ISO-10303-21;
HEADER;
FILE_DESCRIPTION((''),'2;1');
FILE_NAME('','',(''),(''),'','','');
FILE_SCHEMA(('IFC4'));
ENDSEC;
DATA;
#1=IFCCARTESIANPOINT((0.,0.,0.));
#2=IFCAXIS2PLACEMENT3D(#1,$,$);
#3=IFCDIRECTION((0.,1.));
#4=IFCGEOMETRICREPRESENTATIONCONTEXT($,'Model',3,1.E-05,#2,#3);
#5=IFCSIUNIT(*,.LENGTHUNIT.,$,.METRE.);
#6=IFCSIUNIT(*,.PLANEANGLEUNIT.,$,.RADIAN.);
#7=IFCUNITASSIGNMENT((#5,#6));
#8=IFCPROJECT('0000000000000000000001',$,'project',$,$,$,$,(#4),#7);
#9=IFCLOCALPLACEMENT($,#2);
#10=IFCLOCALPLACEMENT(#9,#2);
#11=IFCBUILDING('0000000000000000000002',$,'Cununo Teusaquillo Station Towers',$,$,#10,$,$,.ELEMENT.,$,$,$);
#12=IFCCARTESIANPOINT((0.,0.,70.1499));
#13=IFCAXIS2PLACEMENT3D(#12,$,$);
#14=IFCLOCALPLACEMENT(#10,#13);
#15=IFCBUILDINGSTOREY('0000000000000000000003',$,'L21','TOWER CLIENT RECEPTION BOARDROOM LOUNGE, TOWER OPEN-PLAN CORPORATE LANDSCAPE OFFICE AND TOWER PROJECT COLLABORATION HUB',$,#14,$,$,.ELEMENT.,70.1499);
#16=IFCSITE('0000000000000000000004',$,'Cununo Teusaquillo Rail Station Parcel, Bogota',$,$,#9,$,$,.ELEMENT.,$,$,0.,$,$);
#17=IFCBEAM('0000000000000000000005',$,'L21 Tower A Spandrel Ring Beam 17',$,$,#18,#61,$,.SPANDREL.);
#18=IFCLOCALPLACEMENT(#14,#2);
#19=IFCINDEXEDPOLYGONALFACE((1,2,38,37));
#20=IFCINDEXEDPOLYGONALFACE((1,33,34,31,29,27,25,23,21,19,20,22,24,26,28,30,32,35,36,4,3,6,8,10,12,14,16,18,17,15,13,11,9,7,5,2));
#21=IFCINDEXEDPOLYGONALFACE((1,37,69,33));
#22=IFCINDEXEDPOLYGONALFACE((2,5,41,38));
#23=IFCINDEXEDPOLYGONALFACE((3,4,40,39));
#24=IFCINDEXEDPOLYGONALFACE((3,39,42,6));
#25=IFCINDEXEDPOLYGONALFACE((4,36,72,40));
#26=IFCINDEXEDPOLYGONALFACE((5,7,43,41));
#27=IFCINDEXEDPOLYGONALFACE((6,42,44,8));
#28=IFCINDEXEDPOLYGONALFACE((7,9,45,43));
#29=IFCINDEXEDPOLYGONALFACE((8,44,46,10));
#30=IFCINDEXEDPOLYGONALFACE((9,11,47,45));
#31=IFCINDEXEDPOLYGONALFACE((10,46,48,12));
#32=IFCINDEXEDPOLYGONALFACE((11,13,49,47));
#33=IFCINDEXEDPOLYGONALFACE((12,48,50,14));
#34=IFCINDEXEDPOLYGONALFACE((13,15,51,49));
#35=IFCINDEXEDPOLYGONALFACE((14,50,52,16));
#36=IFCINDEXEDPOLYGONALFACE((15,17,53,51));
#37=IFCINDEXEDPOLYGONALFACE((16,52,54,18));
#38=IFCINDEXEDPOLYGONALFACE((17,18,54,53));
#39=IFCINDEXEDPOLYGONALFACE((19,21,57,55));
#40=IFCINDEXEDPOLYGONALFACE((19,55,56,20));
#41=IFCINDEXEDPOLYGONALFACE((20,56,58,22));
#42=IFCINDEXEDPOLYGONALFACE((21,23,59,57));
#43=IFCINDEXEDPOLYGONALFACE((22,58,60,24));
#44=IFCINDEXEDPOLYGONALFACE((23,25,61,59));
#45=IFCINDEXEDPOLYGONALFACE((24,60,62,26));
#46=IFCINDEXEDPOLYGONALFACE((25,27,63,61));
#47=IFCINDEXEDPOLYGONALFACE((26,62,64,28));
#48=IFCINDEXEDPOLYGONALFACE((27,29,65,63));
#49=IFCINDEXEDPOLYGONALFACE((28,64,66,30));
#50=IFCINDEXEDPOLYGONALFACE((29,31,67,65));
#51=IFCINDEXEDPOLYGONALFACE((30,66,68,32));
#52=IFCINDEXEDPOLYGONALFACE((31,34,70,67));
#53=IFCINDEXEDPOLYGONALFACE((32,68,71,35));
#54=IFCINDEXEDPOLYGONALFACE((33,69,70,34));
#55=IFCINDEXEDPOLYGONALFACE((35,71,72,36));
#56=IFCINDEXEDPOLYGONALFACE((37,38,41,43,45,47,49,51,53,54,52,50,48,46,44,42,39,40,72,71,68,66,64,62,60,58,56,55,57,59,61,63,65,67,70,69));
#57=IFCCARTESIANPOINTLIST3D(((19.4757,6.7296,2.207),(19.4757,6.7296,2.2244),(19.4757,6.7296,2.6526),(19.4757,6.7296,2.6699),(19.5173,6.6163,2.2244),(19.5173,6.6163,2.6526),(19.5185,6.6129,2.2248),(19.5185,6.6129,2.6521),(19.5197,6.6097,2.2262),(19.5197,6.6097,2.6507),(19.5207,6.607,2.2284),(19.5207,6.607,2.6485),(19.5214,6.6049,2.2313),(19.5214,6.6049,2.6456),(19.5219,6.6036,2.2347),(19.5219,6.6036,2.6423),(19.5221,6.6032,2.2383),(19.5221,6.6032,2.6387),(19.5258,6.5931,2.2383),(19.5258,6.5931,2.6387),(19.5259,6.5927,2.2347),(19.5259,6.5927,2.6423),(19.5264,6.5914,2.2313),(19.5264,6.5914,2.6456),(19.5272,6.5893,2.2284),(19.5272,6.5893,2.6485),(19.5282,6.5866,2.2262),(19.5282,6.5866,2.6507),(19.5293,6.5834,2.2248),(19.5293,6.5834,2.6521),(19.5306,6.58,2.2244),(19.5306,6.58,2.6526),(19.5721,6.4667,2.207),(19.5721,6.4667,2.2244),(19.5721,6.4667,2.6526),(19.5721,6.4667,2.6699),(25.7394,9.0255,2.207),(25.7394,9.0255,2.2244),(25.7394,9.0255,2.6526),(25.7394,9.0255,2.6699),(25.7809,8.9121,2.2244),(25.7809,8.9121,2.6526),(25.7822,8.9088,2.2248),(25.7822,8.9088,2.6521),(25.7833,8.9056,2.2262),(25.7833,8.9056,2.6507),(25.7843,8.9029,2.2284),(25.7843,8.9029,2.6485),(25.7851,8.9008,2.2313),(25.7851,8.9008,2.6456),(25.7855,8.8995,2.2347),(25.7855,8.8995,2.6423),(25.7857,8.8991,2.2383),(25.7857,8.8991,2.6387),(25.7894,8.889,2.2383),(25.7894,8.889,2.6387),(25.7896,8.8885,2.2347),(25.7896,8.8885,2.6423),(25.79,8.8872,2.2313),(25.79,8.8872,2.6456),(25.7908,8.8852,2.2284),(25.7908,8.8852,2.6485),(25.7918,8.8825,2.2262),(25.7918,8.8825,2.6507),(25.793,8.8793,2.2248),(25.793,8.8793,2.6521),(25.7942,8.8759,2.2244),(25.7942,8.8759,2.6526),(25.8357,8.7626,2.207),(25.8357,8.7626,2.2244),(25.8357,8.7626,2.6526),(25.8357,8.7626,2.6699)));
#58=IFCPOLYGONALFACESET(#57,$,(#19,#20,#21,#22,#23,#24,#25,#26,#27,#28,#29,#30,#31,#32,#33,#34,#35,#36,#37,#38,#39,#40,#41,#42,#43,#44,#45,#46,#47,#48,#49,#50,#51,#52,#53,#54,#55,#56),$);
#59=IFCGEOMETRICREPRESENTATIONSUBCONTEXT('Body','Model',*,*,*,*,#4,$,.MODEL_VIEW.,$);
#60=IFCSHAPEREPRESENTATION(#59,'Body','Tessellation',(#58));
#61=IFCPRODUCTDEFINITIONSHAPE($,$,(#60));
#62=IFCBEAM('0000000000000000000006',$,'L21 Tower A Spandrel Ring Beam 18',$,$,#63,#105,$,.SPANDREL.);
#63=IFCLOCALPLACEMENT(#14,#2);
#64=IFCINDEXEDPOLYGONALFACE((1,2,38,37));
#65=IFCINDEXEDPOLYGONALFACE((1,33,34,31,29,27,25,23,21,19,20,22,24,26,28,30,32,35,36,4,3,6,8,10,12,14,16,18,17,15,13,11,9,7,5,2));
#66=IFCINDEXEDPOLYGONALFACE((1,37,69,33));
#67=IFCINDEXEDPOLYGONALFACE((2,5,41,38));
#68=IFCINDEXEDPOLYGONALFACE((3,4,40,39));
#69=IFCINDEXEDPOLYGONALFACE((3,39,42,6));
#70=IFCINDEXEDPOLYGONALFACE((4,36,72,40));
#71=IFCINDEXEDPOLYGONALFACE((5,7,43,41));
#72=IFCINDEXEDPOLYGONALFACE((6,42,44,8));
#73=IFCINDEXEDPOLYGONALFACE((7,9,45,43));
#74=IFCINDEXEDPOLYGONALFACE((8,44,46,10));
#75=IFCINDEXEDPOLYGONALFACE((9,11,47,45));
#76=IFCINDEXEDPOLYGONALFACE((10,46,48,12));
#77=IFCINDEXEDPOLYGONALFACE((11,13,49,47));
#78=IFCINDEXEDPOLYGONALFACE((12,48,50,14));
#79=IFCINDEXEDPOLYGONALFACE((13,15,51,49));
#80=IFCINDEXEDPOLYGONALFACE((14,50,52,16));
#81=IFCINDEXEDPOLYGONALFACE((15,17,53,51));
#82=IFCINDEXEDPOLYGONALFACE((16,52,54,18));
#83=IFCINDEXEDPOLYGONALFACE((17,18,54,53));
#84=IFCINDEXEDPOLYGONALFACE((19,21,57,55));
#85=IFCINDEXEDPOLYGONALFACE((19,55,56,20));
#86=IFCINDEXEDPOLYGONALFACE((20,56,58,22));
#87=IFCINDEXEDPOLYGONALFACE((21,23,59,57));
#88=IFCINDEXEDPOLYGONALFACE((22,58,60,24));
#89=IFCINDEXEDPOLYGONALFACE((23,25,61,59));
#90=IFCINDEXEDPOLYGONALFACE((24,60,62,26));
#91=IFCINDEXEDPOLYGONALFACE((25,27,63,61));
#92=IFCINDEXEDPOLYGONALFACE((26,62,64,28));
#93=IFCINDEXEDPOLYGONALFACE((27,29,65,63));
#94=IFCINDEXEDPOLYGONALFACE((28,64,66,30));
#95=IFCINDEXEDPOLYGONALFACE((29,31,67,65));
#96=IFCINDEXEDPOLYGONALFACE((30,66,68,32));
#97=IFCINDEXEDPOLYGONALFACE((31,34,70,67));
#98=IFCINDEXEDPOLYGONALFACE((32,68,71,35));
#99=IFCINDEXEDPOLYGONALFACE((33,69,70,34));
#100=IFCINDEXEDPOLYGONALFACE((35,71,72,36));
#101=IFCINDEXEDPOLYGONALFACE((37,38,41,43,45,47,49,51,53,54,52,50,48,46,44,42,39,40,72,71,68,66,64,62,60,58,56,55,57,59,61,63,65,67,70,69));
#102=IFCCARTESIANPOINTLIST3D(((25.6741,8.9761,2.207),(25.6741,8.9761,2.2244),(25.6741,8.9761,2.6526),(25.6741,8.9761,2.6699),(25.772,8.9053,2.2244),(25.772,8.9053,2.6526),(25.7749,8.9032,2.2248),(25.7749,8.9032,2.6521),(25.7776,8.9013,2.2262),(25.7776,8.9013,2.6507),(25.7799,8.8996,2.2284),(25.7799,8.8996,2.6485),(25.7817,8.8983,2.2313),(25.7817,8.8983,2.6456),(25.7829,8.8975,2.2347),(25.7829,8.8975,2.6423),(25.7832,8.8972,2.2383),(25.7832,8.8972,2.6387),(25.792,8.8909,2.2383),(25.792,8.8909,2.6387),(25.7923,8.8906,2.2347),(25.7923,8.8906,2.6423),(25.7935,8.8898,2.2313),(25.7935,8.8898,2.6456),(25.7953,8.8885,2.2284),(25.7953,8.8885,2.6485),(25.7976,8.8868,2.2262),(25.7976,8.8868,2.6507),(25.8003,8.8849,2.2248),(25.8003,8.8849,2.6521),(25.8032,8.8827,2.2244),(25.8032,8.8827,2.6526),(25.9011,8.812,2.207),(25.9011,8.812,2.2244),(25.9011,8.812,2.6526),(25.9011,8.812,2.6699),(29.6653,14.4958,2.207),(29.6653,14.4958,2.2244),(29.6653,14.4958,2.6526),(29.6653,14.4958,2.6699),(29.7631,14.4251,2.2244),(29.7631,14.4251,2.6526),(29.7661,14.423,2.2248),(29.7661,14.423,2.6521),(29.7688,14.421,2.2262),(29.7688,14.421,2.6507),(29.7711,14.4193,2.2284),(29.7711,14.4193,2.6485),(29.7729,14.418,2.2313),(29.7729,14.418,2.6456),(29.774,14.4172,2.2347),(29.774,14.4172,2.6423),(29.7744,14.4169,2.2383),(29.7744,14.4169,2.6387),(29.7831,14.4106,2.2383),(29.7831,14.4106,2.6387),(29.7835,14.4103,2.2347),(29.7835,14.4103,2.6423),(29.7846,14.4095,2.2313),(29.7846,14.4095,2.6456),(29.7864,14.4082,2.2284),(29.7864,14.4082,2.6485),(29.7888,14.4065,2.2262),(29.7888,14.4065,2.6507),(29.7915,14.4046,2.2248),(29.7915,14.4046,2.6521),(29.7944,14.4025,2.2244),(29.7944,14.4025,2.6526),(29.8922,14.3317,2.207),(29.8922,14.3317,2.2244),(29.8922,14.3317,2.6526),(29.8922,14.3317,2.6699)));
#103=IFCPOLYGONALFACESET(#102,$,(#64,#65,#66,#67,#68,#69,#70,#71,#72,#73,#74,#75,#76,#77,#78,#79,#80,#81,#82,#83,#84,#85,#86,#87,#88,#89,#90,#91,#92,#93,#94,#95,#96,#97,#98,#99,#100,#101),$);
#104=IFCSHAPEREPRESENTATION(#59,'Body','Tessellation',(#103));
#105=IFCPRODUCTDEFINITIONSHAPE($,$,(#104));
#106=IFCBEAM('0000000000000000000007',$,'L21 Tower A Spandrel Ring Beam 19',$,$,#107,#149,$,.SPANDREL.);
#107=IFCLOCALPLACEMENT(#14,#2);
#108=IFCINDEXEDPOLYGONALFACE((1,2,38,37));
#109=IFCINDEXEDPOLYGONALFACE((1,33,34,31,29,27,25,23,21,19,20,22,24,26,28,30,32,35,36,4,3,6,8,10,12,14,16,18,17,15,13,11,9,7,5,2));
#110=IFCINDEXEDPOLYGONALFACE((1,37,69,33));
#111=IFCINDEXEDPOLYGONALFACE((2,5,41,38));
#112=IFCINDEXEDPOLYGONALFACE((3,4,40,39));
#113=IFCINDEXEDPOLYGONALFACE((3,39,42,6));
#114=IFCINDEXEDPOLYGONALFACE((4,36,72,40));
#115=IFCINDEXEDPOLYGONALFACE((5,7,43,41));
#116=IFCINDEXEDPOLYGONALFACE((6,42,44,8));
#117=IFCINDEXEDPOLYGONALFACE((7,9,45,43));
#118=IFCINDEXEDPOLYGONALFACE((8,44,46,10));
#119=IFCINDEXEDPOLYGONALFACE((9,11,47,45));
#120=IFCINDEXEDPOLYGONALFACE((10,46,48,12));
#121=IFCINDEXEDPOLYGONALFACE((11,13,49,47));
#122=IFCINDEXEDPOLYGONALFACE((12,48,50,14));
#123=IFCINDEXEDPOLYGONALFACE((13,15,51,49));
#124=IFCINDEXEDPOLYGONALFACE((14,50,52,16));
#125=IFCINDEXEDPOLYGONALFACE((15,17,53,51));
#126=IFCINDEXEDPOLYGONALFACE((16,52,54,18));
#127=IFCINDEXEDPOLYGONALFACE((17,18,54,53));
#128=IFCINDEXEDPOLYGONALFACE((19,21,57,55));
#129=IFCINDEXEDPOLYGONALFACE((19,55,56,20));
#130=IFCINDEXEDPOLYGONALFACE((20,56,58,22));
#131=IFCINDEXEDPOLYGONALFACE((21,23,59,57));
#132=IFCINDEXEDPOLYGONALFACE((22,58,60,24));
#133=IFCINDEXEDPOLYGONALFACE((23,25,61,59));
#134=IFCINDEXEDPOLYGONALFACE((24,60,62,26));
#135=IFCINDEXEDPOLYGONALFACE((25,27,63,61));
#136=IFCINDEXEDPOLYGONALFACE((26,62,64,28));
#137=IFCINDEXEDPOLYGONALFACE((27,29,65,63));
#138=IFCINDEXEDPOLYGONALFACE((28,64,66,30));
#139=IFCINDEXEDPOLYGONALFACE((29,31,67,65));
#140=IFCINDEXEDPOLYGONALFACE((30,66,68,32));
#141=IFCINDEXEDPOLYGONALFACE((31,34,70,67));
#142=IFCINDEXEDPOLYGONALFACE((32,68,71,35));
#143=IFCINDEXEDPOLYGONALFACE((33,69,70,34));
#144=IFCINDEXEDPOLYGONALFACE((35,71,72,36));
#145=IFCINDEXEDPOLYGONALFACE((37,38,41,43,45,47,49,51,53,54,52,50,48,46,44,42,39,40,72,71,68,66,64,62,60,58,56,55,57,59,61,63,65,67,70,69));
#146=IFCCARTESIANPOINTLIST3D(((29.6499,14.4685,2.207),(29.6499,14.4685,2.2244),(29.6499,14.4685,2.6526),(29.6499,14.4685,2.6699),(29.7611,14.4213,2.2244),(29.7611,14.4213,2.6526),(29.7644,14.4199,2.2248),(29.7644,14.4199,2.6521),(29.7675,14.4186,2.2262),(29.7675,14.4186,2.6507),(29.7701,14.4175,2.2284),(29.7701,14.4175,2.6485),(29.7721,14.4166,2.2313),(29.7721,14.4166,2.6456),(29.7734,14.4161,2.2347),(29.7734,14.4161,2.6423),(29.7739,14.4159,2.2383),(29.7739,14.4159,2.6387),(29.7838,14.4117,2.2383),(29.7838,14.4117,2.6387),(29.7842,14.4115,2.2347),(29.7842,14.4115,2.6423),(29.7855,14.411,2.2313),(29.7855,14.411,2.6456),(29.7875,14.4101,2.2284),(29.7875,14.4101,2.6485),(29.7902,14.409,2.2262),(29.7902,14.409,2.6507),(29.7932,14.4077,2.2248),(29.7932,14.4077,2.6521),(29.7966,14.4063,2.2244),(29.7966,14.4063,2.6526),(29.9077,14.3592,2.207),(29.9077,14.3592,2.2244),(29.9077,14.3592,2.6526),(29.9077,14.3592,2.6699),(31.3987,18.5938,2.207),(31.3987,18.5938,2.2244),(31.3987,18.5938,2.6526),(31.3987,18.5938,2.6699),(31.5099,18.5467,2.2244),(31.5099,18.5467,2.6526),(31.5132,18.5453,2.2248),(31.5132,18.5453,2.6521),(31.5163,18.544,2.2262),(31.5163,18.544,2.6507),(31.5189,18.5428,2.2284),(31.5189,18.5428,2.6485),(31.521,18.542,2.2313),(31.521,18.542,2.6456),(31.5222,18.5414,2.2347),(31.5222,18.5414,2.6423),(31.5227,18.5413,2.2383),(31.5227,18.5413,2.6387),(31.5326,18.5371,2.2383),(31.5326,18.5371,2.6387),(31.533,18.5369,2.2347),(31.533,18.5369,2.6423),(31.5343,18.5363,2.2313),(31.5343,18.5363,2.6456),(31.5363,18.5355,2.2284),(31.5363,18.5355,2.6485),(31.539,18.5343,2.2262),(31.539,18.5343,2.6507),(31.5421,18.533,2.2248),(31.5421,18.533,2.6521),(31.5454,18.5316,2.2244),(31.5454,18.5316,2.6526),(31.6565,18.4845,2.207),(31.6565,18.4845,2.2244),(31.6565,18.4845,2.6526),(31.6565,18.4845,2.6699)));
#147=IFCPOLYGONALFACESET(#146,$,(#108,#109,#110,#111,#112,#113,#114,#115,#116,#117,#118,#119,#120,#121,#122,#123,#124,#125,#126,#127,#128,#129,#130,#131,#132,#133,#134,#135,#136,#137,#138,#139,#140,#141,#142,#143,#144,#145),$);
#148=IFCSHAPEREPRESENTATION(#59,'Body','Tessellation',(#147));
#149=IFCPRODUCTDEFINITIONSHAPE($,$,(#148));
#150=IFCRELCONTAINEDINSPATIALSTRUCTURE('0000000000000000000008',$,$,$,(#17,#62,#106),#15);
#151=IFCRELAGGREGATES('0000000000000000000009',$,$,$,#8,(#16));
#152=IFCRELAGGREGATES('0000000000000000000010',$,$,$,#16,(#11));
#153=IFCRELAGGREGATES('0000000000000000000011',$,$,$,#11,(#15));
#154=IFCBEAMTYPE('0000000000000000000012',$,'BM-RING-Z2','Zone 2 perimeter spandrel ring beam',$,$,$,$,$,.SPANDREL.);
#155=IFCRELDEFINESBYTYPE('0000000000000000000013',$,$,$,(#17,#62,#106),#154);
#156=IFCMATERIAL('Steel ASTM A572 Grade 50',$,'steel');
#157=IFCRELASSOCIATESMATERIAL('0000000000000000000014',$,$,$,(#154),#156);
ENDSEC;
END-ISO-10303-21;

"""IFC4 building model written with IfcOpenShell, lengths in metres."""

from ifc_helpers import new_model, si_unit, direction, frame, origin, origin_2d, place, context, subcontext, project, spatial, i_section, extrude, material, material_profile, profile_set, type_object, element, save


model = new_model("IFC4")

# Units and contexts
model_context = context("Model", 3, precision=1e-05, world=origin(), true_north=direction((0.0, 1.0)))
body_context = subcontext(model_context, "Body", "Model", "MODEL_VIEW")
ifc_project = project(units=[si_unit("LENGTHUNIT", "METRE"), si_unit("PLANEANGLEUNIT", "RADIAN")], contexts=[model_context])

# Site, building, storey
site_placement = place(None, origin())
site = spatial("IfcSite", under=ifc_project, at=site_placement, Name="Cununo Teusaquillo Rail Station Parcel, Bogota", CompositionType="ELEMENT", RefElevation=0.0)
building_placement = place(site_placement, origin())
building = spatial("IfcBuilding", under=site, at=building_placement, Name="Cununo Teusaquillo Station Towers", CompositionType="ELEMENT")
storey_placement = place(building_placement, frame((0.0, 0.0, 70.1499)))
storey = spatial("IfcBuildingStorey", under=building, at=storey_placement, Name="L21", Description="TOWER CLIENT RECEPTION BOARDROOM LOUNGE, TOWER OPEN-PLAN CORPORATE LANDSCAPE OFFICE AND TOWER PROJECT COLLABORATION HUB", CompositionType="ELEMENT", Elevation=70.1499)

# Beams
ifc_material_1 = material(Name="Steel ASTM A572 Grade 50", Category="steel")
ifc_material_profile_1 = material_profile(ifc_material_1, i_section(OverallWidth=0.28, OverallDepth=0.4629, WebThickness=0.0107, FlangeThickness=0.0173, FilletRadius=0.0139, at=origin_2d()), Name="W18X76")
ifc_profile_set_1 = profile_set([ifc_material_profile_1], Name="Steel ASTM A572 Grade 50")
beam_type_1 = type_object("IfcBeamType", Name="BM-RING-Z2", Description="Zone 2 perimeter spandrel ring beam", PredefinedType="SPANDREL", material=ifc_profile_set_1)
beam_1_placement = place(storey_placement, frame((19.5239, 6.5981, 2.4385), z_axis=(0.938914, 0.344151, 0.0), x_axis=(-0.344151, 0.938914, 0.0)))
element("IfcBeam", 1, at=beam_1_placement, inside=storey, type_object=beam_type_1, Name="L21 Tower A Spandrel Ring Beam 17", PredefinedType="SPANDREL", context=body_context, shape_type="SweptSolid", body=[
    extrude(i_section(OverallWidth=0.28, OverallDepth=0.4629, WebThickness=0.0107, FlangeThickness=0.0173, FilletRadius=0.0139, at=origin_2d()), origin(), (0.0, 0.0, 1.0), 6.6711),
])
beam_2_placement = place(storey_placement, frame((25.7876, 8.894, 2.4385), z_axis=(0.585945, 0.810351, 0.0), x_axis=(-0.810351, 0.585945, 0.0)))
element("IfcBeam", 2, at=beam_2_placement, inside=storey, type_object=beam_type_1, Name="L21 Tower A Spandrel Ring Beam 18", PredefinedType="SPANDREL", context=body_context, shape_type="SweptSolid", body=[
    extrude(i_section(OverallWidth=0.28, OverallDepth=0.4629, WebThickness=0.0107, FlangeThickness=0.0173, FilletRadius=0.0139, at=origin_2d()), origin(), (0.0, 0.0, 1.0), 6.8115),
])
beam_3_placement = place(storey_placement, frame((29.7788, 14.4138, 2.4385), z_axis=(0.390299, 0.920688, 0.0), x_axis=(-0.920688, 0.390299, 0.0)))
element("IfcBeam", 3, at=beam_3_placement, inside=storey, type_object=beam_type_1, Name="L21 Tower A Spandrel Ring Beam 19", PredefinedType="SPANDREL", context=body_context, shape_type="SweptSolid", body=[
    extrude(i_section(OverallWidth=0.28, OverallDepth=0.4629, WebThickness=0.0107, FlangeThickness=0.0173, FilletRadius=0.0139, at=origin_2d()), origin(), (0.0, 0.0, 1.0), 4.4807),
])

save(model, "model.ifc")
